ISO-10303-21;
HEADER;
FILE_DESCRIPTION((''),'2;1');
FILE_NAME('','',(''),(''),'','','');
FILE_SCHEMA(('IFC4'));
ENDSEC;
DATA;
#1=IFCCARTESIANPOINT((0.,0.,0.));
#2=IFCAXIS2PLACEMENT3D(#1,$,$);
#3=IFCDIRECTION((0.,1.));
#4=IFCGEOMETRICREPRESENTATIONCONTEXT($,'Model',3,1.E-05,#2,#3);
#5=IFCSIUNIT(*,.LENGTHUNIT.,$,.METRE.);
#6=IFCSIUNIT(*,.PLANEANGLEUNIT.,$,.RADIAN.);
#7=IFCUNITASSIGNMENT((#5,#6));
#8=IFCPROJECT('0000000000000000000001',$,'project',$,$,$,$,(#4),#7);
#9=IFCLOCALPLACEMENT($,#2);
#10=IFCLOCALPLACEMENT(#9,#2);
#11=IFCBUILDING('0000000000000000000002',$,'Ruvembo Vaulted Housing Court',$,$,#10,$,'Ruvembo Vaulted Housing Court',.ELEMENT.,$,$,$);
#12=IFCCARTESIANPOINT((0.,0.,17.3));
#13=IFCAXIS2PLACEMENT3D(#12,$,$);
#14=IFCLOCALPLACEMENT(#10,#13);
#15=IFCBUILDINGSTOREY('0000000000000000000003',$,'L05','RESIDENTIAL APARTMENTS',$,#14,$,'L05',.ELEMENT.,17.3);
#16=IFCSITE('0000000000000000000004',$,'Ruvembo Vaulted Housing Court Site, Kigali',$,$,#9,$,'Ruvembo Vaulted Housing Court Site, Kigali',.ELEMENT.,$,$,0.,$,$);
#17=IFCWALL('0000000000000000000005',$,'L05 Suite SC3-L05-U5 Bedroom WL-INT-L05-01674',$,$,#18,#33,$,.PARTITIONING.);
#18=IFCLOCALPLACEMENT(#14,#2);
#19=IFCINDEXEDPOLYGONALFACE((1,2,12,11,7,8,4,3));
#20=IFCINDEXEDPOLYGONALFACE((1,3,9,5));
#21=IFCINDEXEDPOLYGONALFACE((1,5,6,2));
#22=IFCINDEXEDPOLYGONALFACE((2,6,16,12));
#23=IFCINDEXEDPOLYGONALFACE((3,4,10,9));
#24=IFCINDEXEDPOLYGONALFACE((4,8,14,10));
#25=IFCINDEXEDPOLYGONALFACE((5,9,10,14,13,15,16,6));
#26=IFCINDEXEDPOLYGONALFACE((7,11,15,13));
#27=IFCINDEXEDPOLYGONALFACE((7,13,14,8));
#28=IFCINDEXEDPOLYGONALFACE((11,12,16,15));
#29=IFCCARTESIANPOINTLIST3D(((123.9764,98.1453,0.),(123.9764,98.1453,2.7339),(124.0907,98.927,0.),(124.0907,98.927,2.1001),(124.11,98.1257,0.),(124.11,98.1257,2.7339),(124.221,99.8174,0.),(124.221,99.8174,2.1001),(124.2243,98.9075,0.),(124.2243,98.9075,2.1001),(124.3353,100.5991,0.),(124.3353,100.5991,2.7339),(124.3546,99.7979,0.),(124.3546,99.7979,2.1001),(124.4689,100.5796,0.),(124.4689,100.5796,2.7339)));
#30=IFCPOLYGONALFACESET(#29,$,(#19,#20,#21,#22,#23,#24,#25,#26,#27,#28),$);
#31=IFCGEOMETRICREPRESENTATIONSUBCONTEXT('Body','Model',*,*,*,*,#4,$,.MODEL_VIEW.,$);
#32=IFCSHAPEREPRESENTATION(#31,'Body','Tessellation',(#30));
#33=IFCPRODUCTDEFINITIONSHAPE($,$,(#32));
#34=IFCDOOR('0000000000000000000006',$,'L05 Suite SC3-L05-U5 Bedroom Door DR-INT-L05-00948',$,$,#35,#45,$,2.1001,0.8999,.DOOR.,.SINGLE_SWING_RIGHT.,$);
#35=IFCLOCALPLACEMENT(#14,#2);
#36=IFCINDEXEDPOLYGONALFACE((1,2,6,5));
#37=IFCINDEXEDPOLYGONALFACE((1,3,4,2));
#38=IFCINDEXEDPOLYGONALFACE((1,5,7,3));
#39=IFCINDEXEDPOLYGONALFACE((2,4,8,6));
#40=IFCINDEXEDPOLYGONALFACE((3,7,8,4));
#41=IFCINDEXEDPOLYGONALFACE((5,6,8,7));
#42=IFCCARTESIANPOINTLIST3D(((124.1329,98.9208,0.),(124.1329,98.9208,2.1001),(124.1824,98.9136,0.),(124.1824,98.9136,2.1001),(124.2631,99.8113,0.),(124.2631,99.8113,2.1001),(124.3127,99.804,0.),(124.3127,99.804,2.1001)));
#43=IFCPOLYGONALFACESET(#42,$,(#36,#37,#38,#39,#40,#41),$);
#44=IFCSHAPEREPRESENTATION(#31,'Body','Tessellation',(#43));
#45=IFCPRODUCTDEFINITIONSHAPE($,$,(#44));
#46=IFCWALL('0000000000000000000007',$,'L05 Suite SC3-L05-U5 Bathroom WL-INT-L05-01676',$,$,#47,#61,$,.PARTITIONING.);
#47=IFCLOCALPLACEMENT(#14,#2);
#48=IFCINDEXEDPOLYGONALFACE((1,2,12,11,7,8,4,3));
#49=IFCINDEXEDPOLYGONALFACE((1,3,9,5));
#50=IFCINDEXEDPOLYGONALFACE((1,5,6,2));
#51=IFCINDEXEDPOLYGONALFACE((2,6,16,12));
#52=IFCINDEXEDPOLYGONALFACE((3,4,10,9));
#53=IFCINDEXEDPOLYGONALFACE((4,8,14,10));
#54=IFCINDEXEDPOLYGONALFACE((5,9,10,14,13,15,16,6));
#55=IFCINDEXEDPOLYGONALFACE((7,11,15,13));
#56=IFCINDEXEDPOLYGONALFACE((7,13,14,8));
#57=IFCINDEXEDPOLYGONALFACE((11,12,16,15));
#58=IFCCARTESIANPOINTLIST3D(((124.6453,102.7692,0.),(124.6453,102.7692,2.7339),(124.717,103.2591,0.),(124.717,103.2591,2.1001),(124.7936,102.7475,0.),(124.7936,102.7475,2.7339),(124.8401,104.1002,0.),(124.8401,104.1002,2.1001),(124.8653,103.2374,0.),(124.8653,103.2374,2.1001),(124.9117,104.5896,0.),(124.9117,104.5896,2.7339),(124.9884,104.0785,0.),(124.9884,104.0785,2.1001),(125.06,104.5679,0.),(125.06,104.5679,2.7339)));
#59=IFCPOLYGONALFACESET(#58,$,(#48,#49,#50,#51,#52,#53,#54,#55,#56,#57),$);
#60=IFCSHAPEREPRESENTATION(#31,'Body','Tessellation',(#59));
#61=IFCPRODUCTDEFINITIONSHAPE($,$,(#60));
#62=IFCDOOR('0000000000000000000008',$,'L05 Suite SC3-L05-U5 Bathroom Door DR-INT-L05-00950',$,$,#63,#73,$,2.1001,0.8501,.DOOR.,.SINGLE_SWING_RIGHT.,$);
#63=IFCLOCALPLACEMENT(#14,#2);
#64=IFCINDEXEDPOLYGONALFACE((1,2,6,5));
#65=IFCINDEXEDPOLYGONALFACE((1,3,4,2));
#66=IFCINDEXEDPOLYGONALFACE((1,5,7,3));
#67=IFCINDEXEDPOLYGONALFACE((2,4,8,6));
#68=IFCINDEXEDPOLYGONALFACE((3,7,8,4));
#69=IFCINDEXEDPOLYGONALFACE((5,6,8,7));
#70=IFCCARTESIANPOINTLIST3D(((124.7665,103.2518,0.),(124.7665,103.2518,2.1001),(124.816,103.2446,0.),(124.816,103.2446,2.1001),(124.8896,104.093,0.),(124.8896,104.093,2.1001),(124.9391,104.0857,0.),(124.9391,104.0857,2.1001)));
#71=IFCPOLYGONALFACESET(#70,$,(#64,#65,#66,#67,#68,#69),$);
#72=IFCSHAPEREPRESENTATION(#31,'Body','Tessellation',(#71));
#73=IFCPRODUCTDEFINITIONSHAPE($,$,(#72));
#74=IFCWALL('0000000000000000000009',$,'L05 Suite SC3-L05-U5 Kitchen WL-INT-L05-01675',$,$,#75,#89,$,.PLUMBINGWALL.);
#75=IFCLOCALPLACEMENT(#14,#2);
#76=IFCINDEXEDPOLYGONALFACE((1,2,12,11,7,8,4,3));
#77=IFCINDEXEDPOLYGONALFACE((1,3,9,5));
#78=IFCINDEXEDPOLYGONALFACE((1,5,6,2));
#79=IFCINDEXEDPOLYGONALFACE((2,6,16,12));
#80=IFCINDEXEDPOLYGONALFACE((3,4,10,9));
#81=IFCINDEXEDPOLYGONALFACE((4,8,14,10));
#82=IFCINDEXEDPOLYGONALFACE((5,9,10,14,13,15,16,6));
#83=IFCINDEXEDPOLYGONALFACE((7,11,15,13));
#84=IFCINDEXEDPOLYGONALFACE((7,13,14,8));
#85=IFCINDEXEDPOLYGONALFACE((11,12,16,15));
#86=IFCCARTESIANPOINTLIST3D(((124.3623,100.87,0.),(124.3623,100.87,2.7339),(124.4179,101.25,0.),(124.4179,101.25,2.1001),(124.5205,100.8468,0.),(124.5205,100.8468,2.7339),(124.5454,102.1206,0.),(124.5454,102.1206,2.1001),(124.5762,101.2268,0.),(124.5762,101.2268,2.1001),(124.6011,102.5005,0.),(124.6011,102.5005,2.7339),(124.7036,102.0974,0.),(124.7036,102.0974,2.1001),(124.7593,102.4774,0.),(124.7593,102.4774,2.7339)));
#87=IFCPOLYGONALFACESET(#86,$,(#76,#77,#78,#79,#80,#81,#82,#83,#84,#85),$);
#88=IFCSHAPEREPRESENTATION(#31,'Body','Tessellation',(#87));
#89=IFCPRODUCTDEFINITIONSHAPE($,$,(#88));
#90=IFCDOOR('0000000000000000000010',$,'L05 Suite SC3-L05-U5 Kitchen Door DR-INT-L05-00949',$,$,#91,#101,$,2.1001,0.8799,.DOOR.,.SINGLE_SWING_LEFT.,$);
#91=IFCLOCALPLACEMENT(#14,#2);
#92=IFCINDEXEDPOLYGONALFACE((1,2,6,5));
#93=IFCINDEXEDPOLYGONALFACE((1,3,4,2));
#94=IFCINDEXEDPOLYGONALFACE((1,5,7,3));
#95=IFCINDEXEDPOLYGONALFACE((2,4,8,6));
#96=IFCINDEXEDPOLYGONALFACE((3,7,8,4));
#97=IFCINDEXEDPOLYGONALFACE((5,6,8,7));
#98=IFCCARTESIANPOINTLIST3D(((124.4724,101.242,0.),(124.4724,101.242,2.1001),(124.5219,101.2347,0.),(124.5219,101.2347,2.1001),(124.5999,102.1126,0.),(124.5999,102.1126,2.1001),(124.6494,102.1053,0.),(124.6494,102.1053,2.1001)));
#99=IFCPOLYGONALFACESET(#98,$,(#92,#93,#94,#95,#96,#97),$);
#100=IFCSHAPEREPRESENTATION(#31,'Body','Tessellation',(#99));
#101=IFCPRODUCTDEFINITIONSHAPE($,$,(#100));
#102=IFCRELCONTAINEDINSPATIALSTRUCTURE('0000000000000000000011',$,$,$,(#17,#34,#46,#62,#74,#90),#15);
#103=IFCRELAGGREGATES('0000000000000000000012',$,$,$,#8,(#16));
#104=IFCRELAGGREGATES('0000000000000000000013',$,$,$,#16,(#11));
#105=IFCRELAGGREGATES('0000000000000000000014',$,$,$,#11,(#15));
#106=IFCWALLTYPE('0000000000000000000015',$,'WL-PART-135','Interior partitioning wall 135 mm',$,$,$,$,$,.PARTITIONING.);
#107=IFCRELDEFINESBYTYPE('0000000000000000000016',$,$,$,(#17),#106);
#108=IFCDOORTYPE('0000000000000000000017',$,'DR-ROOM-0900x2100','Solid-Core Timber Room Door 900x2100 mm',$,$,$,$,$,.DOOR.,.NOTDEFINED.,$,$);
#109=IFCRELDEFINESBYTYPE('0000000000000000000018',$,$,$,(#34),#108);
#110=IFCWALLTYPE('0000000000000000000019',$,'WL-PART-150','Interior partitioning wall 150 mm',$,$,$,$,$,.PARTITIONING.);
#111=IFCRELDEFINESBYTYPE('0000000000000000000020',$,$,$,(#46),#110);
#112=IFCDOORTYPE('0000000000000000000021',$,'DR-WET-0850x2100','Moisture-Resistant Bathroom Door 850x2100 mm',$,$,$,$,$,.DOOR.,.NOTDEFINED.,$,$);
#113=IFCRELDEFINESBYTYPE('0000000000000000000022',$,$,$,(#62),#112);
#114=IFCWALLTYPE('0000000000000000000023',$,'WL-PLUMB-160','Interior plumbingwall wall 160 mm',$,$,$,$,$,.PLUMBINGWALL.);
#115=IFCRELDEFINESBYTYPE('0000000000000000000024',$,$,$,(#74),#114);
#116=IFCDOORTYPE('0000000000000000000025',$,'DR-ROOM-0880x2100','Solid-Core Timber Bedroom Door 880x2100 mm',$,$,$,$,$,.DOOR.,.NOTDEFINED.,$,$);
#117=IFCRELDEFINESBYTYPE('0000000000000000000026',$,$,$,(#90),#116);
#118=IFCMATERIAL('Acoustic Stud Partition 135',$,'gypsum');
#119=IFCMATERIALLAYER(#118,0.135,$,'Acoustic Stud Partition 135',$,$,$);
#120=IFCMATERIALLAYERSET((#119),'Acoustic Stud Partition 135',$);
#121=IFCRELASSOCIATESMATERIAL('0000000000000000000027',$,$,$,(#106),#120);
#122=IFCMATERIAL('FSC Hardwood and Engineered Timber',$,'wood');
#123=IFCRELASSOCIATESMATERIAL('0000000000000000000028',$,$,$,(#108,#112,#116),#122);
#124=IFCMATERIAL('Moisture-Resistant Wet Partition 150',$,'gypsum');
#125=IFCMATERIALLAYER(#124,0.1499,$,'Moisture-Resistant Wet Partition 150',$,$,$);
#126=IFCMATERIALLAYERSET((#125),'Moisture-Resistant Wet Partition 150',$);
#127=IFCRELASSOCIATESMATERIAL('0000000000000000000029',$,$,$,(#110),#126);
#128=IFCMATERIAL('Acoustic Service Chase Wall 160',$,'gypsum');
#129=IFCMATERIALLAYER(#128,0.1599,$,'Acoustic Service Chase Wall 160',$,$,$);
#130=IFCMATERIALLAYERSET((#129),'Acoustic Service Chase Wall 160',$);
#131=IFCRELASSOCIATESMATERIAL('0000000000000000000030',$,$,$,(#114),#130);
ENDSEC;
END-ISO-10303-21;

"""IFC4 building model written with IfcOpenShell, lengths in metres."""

from ifc_helpers import new_model, si_unit, direction, frame, frame_2d, origin, place, context, subcontext, project, spatial, rectangle, extrude, material, layer, layer_set, type_object, element, fill, save


model = new_model("IFC4")

# Units and contexts
model_context = context("Model", 3, precision=1e-05, world=origin(), true_north=direction((0.0, 1.0)))
body_context = subcontext(model_context, "Body", "Model", "MODEL_VIEW")
ifc_project = project(units=[si_unit("LENGTHUNIT", "METRE"), si_unit("PLANEANGLEUNIT", "RADIAN")], contexts=[model_context])

# Site, building, storey
site_placement = place(None, origin())
site = spatial("IfcSite", under=ifc_project, at=site_placement, Name="Ruvembo Vaulted Housing Court Site, Kigali", LongName="Ruvembo Vaulted Housing Court Site, Kigali", CompositionType="ELEMENT", RefElevation=0.0)
building_placement = place(site_placement, origin())
building = spatial("IfcBuilding", under=site, at=building_placement, Name="Ruvembo Vaulted Housing Court", LongName="Ruvembo Vaulted Housing Court", CompositionType="ELEMENT")
storey_placement = place(building_placement, frame((0.0, 0.0, 17.3)))
storey = spatial("IfcBuildingStorey", under=building, at=storey_placement, Name="L05", Description="RESIDENTIAL APARTMENTS", LongName="L05", CompositionType="ELEMENT", Elevation=17.3)

# Shared definitions
ifc_material_1 = material(Name="FSC Hardwood and Engineered Timber", Category="wood")

# Walls, openings, doors
ifc_material_2 = material(Name="Acoustic Stud Partition 135", Category="gypsum")
ifc_layer_1 = layer(ifc_material_2, 0.135, Name="Acoustic Stud Partition 135")
ifc_layer_set_1 = layer_set([ifc_layer_1], Name="Acoustic Stud Partition 135")
wall_type_1 = type_object("IfcWallType", Name="WL-PART-135", Description="Interior partitioning wall 135 mm", PredefinedType="PARTITIONING", material=ifc_layer_set_1)
wall_1_placement = place(storey_placement, frame((124.0432, 98.1355, 0.0), z_axis=(0.0, 0.0, 1.0), x_axis=(0.144715, 0.989473, 0.0)))
wall_1 = element("IfcWall", 1, at=wall_1_placement, inside=storey, type_object=wall_type_1, Name="L05 Suite SC3-L05-U5 Bedroom WL-INT-L05-01674", PredefinedType="PARTITIONING", context=body_context, shape_type="SweptSolid", body=[
    extrude(rectangle(XDim=2.48, YDim=0.135, at=frame_2d((1.24, 0.0))), origin(), (0.0, 0.0, 1.0), 2.7339),
])
opening_1_placement = place(wall_1_placement, frame((0.79, 0.0, 0.0)))
opening_1 = element("IfcOpeningElement", 2, at=opening_1_placement, cuts=wall_1, PredefinedType="OPENING", context=body_context, shape_type="SweptSolid", body=[
    extrude(rectangle(XDim=0.8999, YDim=2.1001, at=frame_2d((0.45, 1.05))), frame((0.0, 0.0774, 0.0), z_axis=(0.0, -1.0, 0.0), x_axis=(1.0, 0.0, 0.0)), (0.0, 0.0, 1.0), 0.155),
])
door_type_1 = type_object("IfcDoorType", Name="DR-ROOM-0900x2100", Description="Solid-Core Timber Room Door 900x2100 mm", OperationType="NOTDEFINED", PredefinedType="DOOR", material=ifc_material_1)
door_1_placement = place(opening_1_placement, origin())
door_1 = element("IfcDoor", 3, at=door_1_placement, inside=storey, type_object=door_type_1, Name="L05 Suite SC3-L05-U5 Bedroom Door DR-INT-L05-00948", OperationType="SINGLE_SWING_RIGHT", OverallHeight=2.1001, OverallWidth=0.8999, PredefinedType="DOOR", context=body_context, shape_type="SweptSolid", body=[
    extrude(rectangle(XDim=0.8999, YDim=2.1001, at=frame_2d((0.45, 1.05))), frame((0.0, 0.0249, 0.0), z_axis=(0.0, -1.0, 0.0), x_axis=(1.0, 0.0, 0.0)), (0.0, 0.0, 1.0), 0.05),
])
fill(opening_1, door_1)
ifc_material_3 = material(Name="Moisture-Resistant Wet Partition 150", Category="gypsum")
ifc_layer_2 = layer(ifc_material_3, 0.1499, Name="Moisture-Resistant Wet Partition 150")
ifc_layer_set_2 = layer_set([ifc_layer_2], Name="Moisture-Resistant Wet Partition 150")
wall_type_2 = type_object("IfcWallType", Name="WL-PART-150", Description="Interior partitioning wall 150 mm", PredefinedType="PARTITIONING", material=ifc_layer_set_2)
wall_2_placement = place(storey_placement, frame((124.7195, 102.7583, 0.0), z_axis=(0.0, 0.0, 1.0), x_axis=(0.144764, 0.989466, 0.0)))
wall_2 = element("IfcWall", 4, at=wall_2_placement, inside=storey, type_object=wall_type_2, Name="L05 Suite SC3-L05-U5 Bathroom WL-INT-L05-01676", PredefinedType="PARTITIONING", context=body_context, shape_type="SweptSolid", body=[
    extrude(rectangle(XDim=1.8398, YDim=0.1499, at=frame_2d((0.9199, 0.0))), origin(), (0.0, 0.0, 1.0), 2.7339),
])
opening_2_placement = place(wall_2_placement, frame((0.4951, 0.0, 0.0)))
opening_2 = element("IfcOpeningElement", 5, at=opening_2_placement, cuts=wall_2, PredefinedType="OPENING", context=body_context, shape_type="SweptSolid", body=[
    extrude(rectangle(XDim=0.8501, YDim=2.1001, at=frame_2d((0.425, 1.05))), frame((0.0, 0.085, 0.0), z_axis=(0.0, -1.0, 0.0), x_axis=(1.0, 0.0, 0.0)), (0.0, 0.0, 1.0), 0.1699),
])
door_type_2 = type_object("IfcDoorType", Name="DR-WET-0850x2100", Description="Moisture-Resistant Bathroom Door 850x2100 mm", OperationType="NOTDEFINED", PredefinedType="DOOR", material=ifc_material_1)
door_2_placement = place(opening_2_placement, origin())
door_2 = element("IfcDoor", 6, at=door_2_placement, inside=storey, type_object=door_type_2, Name="L05 Suite SC3-L05-U5 Bathroom Door DR-INT-L05-00950", OperationType="SINGLE_SWING_RIGHT", OverallHeight=2.1001, OverallWidth=0.8501, PredefinedType="DOOR", context=body_context, shape_type="SweptSolid", body=[
    extrude(rectangle(XDim=0.8501, YDim=2.1001, at=frame_2d((0.425, 1.05))), frame((0.0, 0.0249, 0.0), z_axis=(0.0, -1.0, 0.0), x_axis=(1.0, 0.0, 0.0)), (0.0, 0.0, 1.0), 0.05),
])
fill(opening_2, door_2)
ifc_material_4 = material(Name="Acoustic Service Chase Wall 160", Category="gypsum")
ifc_layer_3 = layer(ifc_material_4, 0.1599, Name="Acoustic Service Chase Wall 160")
ifc_layer_set_3 = layer_set([ifc_layer_3], Name="Acoustic Service Chase Wall 160")
wall_type_3 = type_object("IfcWallType", Name="WL-PLUMB-160", Description="Interior plumbingwall wall 160 mm", PredefinedType="PLUMBINGWALL", material=ifc_layer_set_3)
wall_3_placement = place(storey_placement, frame((124.4414, 100.8584, 0.0), z_axis=(0.0, 0.0, 1.0), x_axis=(0.144884, 0.989449, 0.0)))
wall_3 = element("IfcWall", 7, at=wall_3_placement, inside=storey, type_object=wall_type_3, Name="L05 Suite SC3-L05-U5 Kitchen WL-INT-L05-01675", PredefinedType="PLUMBINGWALL", context=body_context, shape_type="SweptSolid", body=[
    extrude(rectangle(XDim=1.6479, YDim=0.1599, at=frame_2d((0.824, 0.0))), origin(), (0.0, 0.0, 1.0), 2.7339),
])
opening_3_placement = place(wall_3_placement, frame((0.384, 0.0, 0.0)))
opening_3 = element("IfcOpeningElement", 8, at=opening_3_placement, cuts=wall_3, PredefinedType="OPENING", context=body_context, shape_type="SweptSolid", body=[
    extrude(rectangle(XDim=0.8799, YDim=2.1001, at=frame_2d((0.4399, 1.05))), frame((0.0, 0.0898, 0.0), z_axis=(0.0, -1.0, 0.0), x_axis=(1.0, 0.0, 0.0)), (0.0, 0.0, 1.0), 0.1799),
])
door_type_3 = type_object("IfcDoorType", Name="DR-ROOM-0880x2100", Description="Solid-Core Timber Bedroom Door 880x2100 mm", OperationType="NOTDEFINED", PredefinedType="DOOR", material=ifc_material_1)
door_3_placement = place(opening_3_placement, origin())
door_3 = element("IfcDoor", 9, at=door_3_placement, inside=storey, type_object=door_type_3, Name="L05 Suite SC3-L05-U5 Kitchen Door DR-INT-L05-00949", OperationType="SINGLE_SWING_LEFT", OverallHeight=2.1001, OverallWidth=0.8799, PredefinedType="DOOR", context=body_context, shape_type="SweptSolid", body=[
    extrude(rectangle(XDim=0.8799, YDim=2.1001, at=frame_2d((0.4399, 1.05))), frame((0.0, 0.0249, 0.0), z_axis=(0.0, -1.0, 0.0), x_axis=(1.0, 0.0, 0.0)), (0.0, 0.0, 1.0), 0.05),
])
fill(opening_3, door_3)

save(model, "model.ifc")
